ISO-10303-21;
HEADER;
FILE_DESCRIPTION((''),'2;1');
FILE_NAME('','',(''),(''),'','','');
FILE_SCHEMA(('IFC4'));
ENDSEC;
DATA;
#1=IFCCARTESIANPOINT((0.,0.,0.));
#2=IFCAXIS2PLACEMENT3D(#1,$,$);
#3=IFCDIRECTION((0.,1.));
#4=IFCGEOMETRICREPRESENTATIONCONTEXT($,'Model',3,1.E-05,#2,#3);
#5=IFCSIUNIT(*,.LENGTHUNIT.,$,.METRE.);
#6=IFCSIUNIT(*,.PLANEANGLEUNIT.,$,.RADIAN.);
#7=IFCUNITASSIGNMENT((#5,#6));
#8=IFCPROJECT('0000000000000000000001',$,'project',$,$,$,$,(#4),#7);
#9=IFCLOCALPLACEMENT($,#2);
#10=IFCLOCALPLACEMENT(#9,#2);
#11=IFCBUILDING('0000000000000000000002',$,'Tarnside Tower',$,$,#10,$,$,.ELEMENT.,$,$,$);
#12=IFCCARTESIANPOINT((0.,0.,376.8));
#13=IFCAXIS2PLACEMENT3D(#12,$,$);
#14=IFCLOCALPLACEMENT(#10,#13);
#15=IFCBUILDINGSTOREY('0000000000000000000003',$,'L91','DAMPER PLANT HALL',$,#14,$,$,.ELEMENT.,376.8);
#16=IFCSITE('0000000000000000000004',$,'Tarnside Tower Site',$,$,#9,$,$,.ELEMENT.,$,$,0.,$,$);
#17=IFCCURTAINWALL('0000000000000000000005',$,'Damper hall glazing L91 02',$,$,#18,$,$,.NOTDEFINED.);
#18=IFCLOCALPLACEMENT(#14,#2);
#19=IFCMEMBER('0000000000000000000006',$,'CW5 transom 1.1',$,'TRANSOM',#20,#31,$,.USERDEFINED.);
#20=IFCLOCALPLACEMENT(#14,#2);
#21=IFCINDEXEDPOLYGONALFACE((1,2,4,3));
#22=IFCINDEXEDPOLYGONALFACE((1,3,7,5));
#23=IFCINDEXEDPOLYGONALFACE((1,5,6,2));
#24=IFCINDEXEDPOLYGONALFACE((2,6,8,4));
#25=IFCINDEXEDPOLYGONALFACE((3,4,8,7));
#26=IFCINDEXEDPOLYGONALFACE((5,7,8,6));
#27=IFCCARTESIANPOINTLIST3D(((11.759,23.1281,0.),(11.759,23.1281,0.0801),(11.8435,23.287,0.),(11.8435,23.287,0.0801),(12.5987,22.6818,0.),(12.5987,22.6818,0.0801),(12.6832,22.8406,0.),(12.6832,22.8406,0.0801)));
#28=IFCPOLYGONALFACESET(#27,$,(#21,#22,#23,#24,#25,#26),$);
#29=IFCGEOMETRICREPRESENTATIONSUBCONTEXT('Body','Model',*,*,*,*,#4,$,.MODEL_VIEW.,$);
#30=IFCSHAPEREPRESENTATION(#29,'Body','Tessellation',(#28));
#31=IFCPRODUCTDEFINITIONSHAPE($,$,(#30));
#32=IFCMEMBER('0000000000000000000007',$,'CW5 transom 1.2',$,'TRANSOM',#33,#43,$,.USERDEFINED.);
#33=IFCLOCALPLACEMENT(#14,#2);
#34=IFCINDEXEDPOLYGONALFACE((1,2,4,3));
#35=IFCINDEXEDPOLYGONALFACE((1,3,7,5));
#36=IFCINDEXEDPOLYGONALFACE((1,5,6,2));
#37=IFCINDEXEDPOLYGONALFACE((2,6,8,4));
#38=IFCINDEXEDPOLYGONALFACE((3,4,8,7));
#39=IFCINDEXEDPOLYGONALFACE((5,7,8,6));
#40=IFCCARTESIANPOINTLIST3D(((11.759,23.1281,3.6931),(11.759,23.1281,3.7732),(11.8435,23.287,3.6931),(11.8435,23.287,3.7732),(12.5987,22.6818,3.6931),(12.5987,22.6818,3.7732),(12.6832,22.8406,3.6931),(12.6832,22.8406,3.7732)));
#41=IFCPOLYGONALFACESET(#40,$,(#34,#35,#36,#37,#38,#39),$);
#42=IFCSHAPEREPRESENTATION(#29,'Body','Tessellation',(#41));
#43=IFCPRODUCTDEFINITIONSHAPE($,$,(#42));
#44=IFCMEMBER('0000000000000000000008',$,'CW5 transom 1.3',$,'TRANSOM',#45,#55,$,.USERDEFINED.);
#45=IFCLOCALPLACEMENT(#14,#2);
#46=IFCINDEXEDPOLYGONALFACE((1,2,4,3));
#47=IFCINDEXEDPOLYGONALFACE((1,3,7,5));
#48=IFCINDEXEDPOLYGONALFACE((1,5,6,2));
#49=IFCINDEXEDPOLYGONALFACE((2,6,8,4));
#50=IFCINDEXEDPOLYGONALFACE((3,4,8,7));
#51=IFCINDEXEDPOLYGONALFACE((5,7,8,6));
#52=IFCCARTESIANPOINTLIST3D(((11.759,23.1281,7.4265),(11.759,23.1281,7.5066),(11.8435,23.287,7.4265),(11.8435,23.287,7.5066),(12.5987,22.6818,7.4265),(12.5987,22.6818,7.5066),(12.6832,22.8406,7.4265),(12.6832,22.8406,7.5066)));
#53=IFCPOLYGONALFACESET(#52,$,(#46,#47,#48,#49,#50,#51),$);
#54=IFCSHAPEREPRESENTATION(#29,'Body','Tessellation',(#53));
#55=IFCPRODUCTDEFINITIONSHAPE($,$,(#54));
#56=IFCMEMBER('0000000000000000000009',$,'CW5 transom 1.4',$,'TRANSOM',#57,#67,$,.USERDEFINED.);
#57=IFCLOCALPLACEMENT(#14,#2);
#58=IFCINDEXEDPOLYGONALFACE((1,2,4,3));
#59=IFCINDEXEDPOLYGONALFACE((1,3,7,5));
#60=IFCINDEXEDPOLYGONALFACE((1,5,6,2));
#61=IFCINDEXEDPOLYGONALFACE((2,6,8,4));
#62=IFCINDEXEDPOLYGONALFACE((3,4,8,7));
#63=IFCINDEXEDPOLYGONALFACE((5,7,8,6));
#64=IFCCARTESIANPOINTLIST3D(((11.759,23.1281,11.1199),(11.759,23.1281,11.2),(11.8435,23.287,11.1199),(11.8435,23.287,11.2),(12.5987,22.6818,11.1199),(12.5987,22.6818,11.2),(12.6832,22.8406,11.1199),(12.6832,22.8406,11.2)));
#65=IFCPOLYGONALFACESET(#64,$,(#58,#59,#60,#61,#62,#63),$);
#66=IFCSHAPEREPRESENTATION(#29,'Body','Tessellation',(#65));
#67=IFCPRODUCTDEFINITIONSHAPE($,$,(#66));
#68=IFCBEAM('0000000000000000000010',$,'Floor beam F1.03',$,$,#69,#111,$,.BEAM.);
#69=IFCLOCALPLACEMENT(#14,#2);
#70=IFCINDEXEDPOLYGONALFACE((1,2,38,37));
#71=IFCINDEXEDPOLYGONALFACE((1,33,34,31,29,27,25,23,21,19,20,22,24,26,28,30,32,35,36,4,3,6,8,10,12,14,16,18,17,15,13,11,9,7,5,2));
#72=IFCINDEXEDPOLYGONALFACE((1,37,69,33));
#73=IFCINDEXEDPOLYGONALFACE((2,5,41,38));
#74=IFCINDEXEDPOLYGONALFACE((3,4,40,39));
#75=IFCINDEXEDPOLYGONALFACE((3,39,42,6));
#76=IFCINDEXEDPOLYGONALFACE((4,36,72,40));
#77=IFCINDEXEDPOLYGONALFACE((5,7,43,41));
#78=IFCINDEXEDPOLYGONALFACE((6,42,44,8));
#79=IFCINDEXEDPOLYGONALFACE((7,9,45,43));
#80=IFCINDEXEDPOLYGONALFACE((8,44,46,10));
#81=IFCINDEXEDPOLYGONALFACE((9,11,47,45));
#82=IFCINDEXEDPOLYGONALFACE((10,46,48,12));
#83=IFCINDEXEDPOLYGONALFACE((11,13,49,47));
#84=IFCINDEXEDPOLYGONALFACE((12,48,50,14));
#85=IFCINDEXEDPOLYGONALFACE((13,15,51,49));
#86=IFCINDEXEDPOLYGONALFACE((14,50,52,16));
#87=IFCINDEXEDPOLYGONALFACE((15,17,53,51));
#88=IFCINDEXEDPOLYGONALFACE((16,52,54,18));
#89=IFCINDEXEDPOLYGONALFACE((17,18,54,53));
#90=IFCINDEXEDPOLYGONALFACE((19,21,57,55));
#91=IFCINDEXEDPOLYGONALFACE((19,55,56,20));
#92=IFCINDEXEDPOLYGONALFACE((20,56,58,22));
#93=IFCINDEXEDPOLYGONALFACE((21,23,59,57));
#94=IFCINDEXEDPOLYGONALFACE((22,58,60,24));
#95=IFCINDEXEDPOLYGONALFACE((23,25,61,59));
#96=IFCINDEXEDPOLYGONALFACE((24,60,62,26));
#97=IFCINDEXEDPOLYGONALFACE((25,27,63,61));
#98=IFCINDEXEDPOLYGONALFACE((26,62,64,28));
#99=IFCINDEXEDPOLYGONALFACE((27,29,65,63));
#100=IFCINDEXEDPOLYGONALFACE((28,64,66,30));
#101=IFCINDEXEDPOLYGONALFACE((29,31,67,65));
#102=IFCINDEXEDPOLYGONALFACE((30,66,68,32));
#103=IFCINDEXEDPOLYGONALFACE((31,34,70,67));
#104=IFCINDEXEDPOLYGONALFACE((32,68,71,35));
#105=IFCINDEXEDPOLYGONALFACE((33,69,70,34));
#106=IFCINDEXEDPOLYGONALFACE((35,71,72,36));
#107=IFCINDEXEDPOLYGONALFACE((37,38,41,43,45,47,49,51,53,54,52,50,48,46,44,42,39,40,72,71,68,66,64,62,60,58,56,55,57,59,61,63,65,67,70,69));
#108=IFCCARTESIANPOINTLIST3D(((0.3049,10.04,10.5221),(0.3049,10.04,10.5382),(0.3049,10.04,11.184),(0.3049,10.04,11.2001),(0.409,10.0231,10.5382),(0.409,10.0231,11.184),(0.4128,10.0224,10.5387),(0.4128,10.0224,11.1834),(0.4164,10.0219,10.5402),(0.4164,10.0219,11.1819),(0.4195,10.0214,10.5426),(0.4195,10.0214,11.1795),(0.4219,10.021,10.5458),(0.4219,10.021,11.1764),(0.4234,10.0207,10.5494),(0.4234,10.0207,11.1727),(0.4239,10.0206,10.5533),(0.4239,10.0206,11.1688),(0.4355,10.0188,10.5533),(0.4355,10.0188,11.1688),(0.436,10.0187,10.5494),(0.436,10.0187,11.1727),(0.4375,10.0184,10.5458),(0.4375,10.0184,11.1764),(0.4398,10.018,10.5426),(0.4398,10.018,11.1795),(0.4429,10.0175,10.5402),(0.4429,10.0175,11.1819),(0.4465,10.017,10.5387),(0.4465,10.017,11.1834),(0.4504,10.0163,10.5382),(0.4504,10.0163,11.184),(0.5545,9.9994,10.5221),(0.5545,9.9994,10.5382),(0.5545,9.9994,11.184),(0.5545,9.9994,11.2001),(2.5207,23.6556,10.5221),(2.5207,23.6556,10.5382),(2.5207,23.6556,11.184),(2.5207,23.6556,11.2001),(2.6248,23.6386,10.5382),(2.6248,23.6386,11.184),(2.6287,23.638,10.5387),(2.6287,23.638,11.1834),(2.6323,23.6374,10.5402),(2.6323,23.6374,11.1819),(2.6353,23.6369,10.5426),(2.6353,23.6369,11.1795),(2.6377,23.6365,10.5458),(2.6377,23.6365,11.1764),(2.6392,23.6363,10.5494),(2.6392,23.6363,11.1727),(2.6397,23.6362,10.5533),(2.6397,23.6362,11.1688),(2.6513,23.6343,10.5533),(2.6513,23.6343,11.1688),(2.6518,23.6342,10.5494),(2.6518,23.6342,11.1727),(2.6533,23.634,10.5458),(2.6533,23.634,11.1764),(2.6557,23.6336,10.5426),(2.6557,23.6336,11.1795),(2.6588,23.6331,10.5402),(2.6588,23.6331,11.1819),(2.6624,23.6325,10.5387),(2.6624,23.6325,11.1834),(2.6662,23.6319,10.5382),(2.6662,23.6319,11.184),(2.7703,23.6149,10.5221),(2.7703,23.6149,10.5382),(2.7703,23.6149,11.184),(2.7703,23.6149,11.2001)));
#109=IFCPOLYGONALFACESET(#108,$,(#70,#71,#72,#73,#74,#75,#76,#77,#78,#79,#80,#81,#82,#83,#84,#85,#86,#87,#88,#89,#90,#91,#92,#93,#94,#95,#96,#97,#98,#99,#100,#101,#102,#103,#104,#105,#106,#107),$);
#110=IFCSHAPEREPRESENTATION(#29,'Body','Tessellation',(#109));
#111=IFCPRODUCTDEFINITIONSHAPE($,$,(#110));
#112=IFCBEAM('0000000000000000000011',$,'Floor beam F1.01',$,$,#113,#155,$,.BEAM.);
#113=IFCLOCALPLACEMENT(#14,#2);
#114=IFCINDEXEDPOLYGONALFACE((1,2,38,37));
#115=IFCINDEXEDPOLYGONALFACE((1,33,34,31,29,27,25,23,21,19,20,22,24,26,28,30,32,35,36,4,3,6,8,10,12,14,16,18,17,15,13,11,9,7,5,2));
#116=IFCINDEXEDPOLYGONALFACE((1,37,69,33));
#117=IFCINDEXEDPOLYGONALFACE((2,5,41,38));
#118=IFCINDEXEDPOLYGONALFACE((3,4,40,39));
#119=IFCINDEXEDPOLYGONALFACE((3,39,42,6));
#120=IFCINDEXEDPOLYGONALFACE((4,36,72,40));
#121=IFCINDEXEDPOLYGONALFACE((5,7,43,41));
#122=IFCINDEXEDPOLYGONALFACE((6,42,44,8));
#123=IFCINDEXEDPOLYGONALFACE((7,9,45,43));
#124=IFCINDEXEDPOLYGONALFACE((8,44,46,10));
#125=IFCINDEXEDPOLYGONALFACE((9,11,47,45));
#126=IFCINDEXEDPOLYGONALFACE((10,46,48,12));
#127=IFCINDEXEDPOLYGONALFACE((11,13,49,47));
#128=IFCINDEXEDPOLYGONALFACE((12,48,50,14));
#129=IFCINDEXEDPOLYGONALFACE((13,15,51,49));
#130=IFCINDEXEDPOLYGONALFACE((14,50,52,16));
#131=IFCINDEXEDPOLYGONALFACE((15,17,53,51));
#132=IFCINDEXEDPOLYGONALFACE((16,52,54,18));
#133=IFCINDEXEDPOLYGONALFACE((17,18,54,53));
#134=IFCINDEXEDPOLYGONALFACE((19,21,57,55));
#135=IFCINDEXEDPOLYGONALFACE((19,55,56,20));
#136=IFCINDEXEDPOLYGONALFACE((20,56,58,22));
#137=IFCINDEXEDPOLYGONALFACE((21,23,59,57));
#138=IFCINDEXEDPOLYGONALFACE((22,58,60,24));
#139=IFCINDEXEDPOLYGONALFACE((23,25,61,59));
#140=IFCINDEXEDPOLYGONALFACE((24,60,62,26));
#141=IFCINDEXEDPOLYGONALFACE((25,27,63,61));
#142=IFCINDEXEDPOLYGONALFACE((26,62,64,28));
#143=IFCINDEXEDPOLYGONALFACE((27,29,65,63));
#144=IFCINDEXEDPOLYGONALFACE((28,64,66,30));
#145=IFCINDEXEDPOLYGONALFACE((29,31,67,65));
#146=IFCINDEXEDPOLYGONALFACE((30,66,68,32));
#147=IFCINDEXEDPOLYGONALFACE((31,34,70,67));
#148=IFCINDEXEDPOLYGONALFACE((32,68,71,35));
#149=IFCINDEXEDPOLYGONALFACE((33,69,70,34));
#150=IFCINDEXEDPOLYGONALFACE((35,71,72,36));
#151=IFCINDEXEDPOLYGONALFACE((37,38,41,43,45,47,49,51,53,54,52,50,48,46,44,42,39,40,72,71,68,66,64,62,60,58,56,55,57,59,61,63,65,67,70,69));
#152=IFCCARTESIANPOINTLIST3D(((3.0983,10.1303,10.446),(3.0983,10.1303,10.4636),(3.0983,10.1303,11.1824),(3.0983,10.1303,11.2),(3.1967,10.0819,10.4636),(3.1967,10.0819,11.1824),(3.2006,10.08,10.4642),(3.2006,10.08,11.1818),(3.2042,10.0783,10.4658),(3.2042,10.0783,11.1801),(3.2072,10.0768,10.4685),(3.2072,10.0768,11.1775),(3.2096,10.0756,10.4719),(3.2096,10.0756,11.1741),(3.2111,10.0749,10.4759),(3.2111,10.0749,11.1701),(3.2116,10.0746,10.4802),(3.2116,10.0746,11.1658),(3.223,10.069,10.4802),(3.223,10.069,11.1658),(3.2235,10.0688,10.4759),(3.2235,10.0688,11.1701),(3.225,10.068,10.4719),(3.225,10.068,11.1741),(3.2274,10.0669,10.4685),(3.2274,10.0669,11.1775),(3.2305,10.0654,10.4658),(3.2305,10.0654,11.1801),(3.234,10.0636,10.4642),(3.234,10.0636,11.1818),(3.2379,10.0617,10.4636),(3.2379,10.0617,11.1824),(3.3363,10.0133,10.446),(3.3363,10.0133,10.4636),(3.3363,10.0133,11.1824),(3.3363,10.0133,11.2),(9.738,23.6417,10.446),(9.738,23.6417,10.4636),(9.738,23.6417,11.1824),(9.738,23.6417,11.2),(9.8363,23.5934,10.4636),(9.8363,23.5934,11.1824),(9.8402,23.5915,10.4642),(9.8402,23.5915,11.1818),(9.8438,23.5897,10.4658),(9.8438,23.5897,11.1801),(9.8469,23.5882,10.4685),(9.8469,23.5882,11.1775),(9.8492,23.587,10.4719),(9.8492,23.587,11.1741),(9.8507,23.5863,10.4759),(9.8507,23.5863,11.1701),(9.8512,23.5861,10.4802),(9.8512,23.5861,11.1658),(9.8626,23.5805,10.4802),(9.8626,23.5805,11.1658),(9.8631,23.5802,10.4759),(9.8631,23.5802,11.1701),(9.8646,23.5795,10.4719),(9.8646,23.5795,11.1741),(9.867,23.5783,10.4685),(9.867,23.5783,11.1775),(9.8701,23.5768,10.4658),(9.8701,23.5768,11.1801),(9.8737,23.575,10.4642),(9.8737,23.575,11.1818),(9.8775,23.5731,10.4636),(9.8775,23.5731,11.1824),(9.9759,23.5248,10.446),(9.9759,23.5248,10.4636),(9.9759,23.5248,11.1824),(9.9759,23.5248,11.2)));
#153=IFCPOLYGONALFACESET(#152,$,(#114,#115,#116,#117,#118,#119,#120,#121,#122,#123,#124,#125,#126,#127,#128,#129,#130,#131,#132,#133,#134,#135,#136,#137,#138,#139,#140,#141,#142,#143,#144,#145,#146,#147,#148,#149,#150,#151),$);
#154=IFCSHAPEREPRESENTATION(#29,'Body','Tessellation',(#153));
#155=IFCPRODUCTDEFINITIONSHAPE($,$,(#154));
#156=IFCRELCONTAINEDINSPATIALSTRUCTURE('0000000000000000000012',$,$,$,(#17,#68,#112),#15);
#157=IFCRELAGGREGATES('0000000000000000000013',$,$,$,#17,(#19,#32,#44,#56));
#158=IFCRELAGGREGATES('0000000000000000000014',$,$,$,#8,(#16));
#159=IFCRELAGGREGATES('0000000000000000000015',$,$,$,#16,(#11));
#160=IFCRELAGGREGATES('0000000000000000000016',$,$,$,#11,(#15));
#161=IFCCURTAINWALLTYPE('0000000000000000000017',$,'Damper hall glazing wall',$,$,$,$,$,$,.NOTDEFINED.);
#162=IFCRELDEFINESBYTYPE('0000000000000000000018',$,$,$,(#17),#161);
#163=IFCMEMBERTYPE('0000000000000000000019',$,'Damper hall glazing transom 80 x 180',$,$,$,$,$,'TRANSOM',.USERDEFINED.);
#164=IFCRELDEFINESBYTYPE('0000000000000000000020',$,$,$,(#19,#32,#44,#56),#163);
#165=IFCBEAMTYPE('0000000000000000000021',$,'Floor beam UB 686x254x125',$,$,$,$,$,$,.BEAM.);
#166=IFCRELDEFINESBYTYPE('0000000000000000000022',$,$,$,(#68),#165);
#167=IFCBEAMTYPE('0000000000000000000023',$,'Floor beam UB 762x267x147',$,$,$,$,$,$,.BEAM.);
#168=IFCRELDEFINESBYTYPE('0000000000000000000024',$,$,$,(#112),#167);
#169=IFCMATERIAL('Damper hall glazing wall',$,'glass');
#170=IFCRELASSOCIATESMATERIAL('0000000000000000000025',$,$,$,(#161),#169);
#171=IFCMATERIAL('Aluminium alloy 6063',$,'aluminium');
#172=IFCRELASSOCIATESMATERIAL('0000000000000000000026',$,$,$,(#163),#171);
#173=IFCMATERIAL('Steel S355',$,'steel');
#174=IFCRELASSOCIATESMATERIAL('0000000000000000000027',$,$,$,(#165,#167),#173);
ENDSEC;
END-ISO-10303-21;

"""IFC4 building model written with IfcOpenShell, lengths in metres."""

from ifc_helpers import new_model, si_unit, direction, frame, origin, origin_2d, place, context, subcontext, project, spatial, rectangle, i_section, extrude, material, material_profile, profile_set, type_object, element, aggregate, save


model = new_model("IFC4")

# Units and contexts
model_context = context("Model", 3, precision=1e-05, world=origin(), true_north=direction((0.0, 1.0)))
body_context = subcontext(model_context, "Body", "Model", "MODEL_VIEW")
ifc_project = project(units=[si_unit("LENGTHUNIT", "METRE"), si_unit("PLANEANGLEUNIT", "RADIAN")], contexts=[model_context])

# Site, building, storey
site_placement = place(None, origin())
site = spatial("IfcSite", under=ifc_project, at=site_placement, Name="Tarnside Tower Site", CompositionType="ELEMENT", RefElevation=0.0)
building_placement = place(site_placement, origin())
building = spatial("IfcBuilding", under=site, at=building_placement, Name="Tarnside Tower", CompositionType="ELEMENT")
storey_placement = place(building_placement, frame((0.0, 0.0, 376.8)))
storey = spatial("IfcBuildingStorey", under=building, at=storey_placement, Name="L91", Description="DAMPER PLANT HALL", CompositionType="ELEMENT", Elevation=376.8)

# Shared definitions
ifc_material_1 = material(Name="Steel S355", Category="steel")

# Shared definitions
ifc_material_2 = material(Name="Damper hall glazing wall", Category="glass")
curtain_wall_type = type_object("IfcCurtainWallType", Name="Damper hall glazing wall", PredefinedType="NOTDEFINED", material=ifc_material_2)
ifc_material_3 = material(Name="Aluminium alloy 6063", Category="aluminium")

# Curtain wall
curtain_wall_1_placement = place(storey_placement, origin())
curtain_wall_1 = element("IfcCurtainWall", 1, at=curtain_wall_1_placement, inside=storey, type_object=curtain_wall_type, Name="Damper hall glazing L91 02", PredefinedType="NOTDEFINED")

# Members
ifc_material_profile_1 = material_profile(ifc_material_3, rectangle(XDim=0.1799, YDim=0.0801, at=origin_2d()), Name="Damper hall glazing transom 80 x 180")
ifc_profile_set_1 = profile_set([ifc_material_profile_1], Name="Aluminium alloy 6063")
member_type_1 = type_object("IfcMemberType", Name="Damper hall glazing transom 80 x 180", ElementType="TRANSOM", PredefinedType="USERDEFINED", material=ifc_profile_set_1)
member_1_placement = place(storey_placement, frame((11.8013, 23.2075, 0.04), z_axis=(0.883006, -0.469362, 0.0), x_axis=(0.469362, 0.883006, 0.0)))
member_1 = element("IfcMember", 2, at=member_1_placement, type_object=member_type_1, Name="CW5 transom 1.1", ObjectType="TRANSOM", PredefinedType="USERDEFINED", context=body_context, shape_type="SweptSolid", body=[
    extrude(rectangle(XDim=0.1799, YDim=0.0801, at=origin_2d()), origin(), (0.0, 0.0, 1.0), 0.9509),
])
member_2_placement = place(storey_placement, frame((11.8013, 23.2075, 3.7332), z_axis=(0.883006, -0.469362, 0.0), x_axis=(0.469362, 0.883006, 0.0)))
member_2 = element("IfcMember", 3, at=member_2_placement, type_object=member_type_1, Name="CW5 transom 1.2", ObjectType="TRANSOM", PredefinedType="USERDEFINED", context=body_context, shape_type="SweptSolid", body=[
    extrude(rectangle(XDim=0.1799, YDim=0.0801, at=origin_2d()), origin(), (0.0, 0.0, 1.0), 0.9509),
])
member_3_placement = place(storey_placement, frame((11.8013, 23.2075, 7.4666), z_axis=(0.883006, -0.469362, 0.0), x_axis=(0.469362, 0.883006, 0.0)))
member_3 = element("IfcMember", 4, at=member_3_placement, type_object=member_type_1, Name="CW5 transom 1.3", ObjectType="TRANSOM", PredefinedType="USERDEFINED", context=body_context, shape_type="SweptSolid", body=[
    extrude(rectangle(XDim=0.1799, YDim=0.0801, at=origin_2d()), origin(), (0.0, 0.0, 1.0), 0.9509),
])
member_4_placement = place(storey_placement, frame((11.8013, 23.2075, 11.1599), z_axis=(0.883006, -0.469362, 0.0), x_axis=(0.469362, 0.883006, 0.0)))
member_4 = element("IfcMember", 5, at=member_4_placement, type_object=member_type_1, Name="CW5 transom 1.4", ObjectType="TRANSOM", PredefinedType="USERDEFINED", context=body_context, shape_type="SweptSolid", body=[
    extrude(rectangle(XDim=0.1799, YDim=0.0801, at=origin_2d()), origin(), (0.0, 0.0, 1.0), 0.9509),
])
aggregate(curtain_wall_1, [member_1, member_2, member_3, member_4])

# Beams
ifc_material_profile_2 = material_profile(ifc_material_1, i_section(OverallWidth=0.2529, OverallDepth=0.678, WebThickness=0.0117, FlangeThickness=0.0161, FilletRadius=0.0151, at=origin_2d()), Name="UB 686x254x125")
ifc_profile_set_2 = profile_set([ifc_material_profile_2], Name="Steel S355")
beam_type_1 = type_object("IfcBeamType", Name="Floor beam UB 686x254x125", PredefinedType="BEAM", material=ifc_profile_set_2)
beam_1_placement = place(storey_placement, frame((2.6455, 23.6353, 10.8611), z_axis=(-0.160629, -0.987015, 0.0), x_axis=(0.987015, -0.160629, 0.0)))
element("IfcBeam", 6, at=beam_1_placement, inside=storey, type_object=beam_type_1, Name="Floor beam F1.03", PredefinedType="BEAM", context=body_context, shape_type="SweptSolid", body=[
    extrude(i_section(OverallWidth=0.2529, OverallDepth=0.678, WebThickness=0.0117, FlangeThickness=0.0161, FilletRadius=0.0151, at=origin_2d()), origin(), (0.0, 0.0, 1.0), 13.7947),
])
ifc_material_profile_3 = material_profile(ifc_material_1, i_section(OverallWidth=0.2651, OverallDepth=0.7539, WebThickness=0.0127, FlangeThickness=0.0176, FilletRadius=0.0166, at=origin_2d()), Name="UB 762x267x147")
ifc_profile_set_3 = profile_set([ifc_material_profile_3], Name="Steel S355")
beam_type_2 = type_object("IfcBeamType", Name="Floor beam UB 762x267x147", PredefinedType="BEAM", material=ifc_profile_set_3)
beam_2_placement = place(storey_placement, frame((9.8569, 23.5833, 10.823), z_axis=(-0.441034, -0.89749, 0.0), x_axis=(0.89749, -0.441034, 0.0)))
element("IfcBeam", 7, at=beam_2_placement, inside=storey, type_object=beam_type_2, Name="Floor beam F1.01", PredefinedType="BEAM", context=body_context, shape_type="SweptSolid", body=[
    extrude(i_section(OverallWidth=0.2651, OverallDepth=0.7539, WebThickness=0.0127, FlangeThickness=0.0176, FilletRadius=0.0166, at=origin_2d()), origin(), (0.0, 0.0, 1.0), 15.0547),
])

save(model, "model.ifc")
